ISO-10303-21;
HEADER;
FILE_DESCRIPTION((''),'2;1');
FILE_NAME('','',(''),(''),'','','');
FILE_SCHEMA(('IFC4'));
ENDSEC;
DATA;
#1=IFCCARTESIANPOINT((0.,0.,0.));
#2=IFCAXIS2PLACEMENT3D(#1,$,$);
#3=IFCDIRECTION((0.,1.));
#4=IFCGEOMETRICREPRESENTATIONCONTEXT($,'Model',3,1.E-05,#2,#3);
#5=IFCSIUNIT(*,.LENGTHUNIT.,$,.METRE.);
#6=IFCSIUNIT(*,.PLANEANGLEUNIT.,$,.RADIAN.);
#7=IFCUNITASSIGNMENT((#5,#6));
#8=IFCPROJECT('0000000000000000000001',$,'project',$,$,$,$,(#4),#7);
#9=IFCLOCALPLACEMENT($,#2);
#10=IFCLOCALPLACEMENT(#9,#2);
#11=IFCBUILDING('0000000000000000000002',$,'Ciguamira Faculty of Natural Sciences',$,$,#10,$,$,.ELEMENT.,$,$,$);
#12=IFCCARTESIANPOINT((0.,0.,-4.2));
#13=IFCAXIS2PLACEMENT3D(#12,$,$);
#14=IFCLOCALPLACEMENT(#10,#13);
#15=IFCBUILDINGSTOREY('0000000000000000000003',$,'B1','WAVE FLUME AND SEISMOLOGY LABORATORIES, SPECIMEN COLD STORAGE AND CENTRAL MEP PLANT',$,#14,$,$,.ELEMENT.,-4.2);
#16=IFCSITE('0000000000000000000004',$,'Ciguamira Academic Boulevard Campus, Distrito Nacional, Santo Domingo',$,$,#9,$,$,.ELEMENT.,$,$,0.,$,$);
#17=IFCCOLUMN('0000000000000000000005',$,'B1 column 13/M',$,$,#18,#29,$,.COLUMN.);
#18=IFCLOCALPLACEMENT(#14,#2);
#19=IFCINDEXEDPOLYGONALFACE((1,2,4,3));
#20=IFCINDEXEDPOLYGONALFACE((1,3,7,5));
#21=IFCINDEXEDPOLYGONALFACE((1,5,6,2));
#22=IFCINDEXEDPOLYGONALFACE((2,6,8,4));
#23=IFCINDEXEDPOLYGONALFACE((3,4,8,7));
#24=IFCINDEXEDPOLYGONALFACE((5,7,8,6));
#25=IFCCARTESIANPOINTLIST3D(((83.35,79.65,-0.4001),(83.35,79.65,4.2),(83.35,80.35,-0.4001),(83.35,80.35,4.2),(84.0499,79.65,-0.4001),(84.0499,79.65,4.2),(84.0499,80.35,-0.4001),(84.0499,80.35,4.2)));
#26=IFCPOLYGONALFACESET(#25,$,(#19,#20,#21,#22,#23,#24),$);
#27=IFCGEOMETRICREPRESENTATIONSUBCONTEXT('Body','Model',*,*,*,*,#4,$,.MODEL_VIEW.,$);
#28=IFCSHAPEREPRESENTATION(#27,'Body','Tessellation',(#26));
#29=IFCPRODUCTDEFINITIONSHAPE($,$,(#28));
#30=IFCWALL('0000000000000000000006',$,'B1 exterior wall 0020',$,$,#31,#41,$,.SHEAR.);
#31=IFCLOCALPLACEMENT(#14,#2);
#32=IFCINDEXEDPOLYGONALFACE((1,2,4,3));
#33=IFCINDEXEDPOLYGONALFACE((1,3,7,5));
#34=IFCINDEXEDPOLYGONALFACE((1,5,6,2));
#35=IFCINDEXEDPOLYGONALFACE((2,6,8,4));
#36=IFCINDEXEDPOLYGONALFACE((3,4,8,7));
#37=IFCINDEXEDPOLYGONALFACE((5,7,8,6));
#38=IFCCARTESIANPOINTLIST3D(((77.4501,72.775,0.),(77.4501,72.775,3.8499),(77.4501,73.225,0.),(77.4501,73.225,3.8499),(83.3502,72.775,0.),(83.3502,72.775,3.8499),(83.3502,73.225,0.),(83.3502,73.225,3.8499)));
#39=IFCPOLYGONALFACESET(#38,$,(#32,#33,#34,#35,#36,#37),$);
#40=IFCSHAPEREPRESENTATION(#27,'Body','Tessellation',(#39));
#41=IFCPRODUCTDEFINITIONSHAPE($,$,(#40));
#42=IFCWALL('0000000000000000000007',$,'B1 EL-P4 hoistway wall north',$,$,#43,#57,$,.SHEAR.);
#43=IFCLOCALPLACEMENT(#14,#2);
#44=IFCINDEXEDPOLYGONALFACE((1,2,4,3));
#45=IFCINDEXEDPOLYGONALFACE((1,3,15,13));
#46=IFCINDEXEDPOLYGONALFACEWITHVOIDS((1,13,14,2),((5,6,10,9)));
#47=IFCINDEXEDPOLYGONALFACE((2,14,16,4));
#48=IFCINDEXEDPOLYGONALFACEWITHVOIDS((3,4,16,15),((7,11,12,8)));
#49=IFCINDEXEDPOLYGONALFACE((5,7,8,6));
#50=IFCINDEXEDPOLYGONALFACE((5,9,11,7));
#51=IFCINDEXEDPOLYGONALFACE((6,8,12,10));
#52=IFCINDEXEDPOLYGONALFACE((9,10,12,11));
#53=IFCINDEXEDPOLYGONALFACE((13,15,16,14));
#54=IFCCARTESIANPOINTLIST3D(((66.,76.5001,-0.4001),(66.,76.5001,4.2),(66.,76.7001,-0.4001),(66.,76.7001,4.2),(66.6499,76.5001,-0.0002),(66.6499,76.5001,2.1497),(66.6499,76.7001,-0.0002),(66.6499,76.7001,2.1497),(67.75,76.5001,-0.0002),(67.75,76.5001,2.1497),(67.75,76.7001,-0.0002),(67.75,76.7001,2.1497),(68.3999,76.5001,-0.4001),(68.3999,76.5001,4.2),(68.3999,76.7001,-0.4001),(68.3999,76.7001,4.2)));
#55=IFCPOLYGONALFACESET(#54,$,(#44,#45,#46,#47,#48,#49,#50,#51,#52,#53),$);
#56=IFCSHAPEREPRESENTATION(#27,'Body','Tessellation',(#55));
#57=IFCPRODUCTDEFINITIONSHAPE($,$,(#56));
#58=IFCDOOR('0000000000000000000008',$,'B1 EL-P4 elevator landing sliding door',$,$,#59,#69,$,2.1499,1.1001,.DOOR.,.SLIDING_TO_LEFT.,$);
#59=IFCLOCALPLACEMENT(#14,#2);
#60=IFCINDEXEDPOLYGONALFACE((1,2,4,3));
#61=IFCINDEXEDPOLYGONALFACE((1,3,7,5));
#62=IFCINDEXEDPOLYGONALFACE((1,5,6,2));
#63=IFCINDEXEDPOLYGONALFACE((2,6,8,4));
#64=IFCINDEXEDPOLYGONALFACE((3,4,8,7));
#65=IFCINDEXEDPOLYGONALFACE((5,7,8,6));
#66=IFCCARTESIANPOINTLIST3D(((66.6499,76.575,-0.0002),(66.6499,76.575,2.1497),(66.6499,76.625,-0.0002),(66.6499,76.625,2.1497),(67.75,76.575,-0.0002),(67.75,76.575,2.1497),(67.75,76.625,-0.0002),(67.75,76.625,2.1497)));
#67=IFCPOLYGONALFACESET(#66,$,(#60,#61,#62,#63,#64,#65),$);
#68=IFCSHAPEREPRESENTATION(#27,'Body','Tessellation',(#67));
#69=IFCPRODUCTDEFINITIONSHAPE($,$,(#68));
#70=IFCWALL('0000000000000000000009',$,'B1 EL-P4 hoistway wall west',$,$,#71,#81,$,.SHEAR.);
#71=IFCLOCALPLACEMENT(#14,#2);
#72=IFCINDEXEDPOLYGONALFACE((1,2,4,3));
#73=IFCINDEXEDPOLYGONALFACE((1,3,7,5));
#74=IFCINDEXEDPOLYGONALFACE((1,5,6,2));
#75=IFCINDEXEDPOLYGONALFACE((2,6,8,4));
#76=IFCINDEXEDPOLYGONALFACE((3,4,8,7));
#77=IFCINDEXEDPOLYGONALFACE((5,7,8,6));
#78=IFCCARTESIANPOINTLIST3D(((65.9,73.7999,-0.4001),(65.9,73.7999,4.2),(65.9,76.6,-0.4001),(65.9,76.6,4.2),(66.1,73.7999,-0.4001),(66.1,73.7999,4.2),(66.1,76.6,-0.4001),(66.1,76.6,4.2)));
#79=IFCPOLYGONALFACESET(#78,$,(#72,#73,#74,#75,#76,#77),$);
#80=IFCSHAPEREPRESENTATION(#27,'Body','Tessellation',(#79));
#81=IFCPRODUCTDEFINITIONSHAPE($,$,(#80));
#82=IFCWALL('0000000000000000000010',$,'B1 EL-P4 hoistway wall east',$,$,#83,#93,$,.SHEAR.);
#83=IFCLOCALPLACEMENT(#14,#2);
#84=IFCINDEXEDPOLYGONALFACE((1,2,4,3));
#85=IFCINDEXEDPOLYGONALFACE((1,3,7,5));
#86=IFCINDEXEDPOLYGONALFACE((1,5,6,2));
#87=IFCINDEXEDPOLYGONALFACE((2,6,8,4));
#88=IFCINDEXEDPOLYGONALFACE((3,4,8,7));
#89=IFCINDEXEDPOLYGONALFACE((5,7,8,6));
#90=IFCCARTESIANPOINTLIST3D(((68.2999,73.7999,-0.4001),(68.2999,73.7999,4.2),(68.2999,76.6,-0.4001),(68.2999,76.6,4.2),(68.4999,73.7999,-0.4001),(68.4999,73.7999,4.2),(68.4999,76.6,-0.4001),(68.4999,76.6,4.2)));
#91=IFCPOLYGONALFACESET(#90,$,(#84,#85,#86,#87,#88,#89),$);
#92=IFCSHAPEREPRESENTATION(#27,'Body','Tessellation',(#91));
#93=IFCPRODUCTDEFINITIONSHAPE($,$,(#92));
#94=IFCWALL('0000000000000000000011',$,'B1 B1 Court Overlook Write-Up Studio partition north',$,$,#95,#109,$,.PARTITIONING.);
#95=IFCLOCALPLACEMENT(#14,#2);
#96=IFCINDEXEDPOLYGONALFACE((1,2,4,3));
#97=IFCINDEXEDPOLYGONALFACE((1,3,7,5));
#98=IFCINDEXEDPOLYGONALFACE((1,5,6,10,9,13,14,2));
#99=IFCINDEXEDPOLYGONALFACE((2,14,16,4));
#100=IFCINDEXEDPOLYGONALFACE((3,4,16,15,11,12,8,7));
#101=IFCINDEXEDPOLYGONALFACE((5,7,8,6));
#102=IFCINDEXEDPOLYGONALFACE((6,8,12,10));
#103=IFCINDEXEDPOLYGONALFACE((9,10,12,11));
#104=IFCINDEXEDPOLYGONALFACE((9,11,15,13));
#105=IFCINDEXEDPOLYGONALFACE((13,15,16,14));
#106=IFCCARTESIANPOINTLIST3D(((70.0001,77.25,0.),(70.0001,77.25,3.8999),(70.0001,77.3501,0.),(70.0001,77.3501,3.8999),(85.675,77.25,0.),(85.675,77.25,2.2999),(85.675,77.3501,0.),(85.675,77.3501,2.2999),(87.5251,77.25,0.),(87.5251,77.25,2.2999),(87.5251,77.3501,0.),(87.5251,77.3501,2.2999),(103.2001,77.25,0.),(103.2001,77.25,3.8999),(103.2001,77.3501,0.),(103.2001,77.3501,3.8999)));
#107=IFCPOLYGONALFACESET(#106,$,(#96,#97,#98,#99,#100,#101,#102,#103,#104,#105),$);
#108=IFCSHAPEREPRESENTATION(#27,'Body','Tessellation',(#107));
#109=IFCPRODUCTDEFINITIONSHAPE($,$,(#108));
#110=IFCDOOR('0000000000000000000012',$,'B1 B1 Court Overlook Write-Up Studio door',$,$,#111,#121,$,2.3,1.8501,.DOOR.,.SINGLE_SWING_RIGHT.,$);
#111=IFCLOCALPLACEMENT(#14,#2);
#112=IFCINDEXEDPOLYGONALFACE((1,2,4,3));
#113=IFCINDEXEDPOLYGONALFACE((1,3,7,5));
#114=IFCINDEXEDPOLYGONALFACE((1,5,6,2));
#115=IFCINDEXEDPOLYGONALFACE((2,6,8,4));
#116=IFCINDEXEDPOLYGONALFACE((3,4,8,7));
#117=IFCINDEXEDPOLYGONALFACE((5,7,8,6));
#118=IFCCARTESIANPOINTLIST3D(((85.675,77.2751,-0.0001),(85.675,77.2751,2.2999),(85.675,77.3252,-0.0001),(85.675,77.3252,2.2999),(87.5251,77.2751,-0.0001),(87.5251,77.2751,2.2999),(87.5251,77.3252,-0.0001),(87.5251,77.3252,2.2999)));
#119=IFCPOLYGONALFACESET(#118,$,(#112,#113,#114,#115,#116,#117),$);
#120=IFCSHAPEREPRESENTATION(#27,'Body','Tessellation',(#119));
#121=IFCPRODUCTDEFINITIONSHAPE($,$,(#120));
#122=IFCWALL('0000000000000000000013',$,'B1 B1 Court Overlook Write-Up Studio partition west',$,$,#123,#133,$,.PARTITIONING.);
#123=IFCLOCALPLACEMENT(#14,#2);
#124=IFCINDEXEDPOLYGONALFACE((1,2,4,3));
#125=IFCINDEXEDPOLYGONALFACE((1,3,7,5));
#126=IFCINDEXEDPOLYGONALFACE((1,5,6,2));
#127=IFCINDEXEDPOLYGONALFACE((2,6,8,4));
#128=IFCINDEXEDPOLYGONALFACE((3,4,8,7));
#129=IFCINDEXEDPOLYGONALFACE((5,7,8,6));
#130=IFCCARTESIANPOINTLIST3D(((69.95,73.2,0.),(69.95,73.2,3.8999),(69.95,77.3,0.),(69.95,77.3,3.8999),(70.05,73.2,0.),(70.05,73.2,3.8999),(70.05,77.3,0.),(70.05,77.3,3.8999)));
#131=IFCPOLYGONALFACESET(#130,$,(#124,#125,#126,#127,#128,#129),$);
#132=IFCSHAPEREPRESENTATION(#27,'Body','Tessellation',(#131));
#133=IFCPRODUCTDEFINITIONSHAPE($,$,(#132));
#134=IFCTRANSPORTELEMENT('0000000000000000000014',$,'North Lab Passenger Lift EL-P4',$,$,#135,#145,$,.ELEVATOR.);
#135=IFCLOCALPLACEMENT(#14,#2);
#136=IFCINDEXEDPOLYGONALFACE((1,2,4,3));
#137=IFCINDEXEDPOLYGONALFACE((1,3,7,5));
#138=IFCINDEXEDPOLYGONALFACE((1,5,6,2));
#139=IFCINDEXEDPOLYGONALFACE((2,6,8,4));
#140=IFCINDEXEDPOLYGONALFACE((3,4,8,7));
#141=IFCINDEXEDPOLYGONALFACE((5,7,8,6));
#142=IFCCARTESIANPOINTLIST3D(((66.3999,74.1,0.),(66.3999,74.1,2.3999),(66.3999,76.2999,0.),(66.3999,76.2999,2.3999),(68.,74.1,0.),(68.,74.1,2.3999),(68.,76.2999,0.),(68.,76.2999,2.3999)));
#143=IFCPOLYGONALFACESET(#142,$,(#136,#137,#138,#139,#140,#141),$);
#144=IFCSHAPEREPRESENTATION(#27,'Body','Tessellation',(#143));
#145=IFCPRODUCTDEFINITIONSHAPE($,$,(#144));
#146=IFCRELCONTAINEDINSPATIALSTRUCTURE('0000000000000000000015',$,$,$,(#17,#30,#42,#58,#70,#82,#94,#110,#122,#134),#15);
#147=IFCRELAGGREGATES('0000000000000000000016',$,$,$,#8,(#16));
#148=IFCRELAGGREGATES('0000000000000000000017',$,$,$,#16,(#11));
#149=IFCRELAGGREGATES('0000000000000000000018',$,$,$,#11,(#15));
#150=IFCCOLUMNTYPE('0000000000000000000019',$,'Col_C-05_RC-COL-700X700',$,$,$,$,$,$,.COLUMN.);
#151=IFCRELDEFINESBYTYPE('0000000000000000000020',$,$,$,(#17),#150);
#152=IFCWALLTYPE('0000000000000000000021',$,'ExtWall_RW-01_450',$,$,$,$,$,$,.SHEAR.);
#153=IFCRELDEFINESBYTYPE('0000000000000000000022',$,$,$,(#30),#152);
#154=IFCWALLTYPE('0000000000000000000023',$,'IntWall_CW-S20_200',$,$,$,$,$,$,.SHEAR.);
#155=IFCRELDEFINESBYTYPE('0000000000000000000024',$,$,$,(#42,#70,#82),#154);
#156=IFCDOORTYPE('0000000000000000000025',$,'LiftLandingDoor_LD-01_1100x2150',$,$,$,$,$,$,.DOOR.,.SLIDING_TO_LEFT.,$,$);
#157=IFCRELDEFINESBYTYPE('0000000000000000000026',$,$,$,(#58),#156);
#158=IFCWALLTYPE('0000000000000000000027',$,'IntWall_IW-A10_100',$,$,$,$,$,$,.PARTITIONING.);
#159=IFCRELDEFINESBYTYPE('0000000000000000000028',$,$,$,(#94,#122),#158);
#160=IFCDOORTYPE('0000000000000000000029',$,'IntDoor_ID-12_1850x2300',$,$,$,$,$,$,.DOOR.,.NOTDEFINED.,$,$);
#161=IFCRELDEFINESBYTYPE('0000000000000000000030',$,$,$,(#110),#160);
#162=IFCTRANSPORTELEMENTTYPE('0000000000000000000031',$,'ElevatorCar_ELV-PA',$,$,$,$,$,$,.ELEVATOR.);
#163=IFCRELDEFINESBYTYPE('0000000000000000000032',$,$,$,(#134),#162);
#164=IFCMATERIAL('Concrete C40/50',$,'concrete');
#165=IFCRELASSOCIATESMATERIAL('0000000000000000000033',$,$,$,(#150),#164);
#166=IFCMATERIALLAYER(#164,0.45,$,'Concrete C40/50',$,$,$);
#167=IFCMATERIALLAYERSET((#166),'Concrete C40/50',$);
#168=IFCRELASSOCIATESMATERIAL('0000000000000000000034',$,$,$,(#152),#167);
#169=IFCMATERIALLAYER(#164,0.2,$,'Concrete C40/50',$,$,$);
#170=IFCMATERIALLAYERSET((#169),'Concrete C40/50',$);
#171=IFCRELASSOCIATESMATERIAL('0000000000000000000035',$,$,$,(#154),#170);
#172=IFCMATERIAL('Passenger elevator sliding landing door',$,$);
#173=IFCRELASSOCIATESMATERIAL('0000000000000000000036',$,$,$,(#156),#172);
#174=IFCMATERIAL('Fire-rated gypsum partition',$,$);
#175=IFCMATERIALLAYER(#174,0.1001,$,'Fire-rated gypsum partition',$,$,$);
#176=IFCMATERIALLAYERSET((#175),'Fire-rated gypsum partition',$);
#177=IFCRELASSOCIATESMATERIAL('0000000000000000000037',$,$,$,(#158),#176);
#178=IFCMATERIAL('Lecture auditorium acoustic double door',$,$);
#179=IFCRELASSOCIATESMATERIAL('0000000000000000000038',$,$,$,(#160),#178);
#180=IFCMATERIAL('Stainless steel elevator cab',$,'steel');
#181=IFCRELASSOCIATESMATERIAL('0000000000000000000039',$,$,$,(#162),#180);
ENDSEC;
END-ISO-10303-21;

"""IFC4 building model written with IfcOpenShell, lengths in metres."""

from ifc_helpers import new_model, si_unit, direction, frame, frame_2d, origin, origin_2d, place, context, subcontext, project, spatial, rectangle, extrude, material, layer, layer_set, material_profile, profile_set, type_object, element, fill, save


model = new_model("IFC4")

# Units and contexts
model_context = context("Model", 3, precision=1e-05, world=origin(), true_north=direction((0.0, 1.0)))
body_context = subcontext(model_context, "Body", "Model", "MODEL_VIEW")
ifc_project = project(units=[si_unit("LENGTHUNIT", "METRE"), si_unit("PLANEANGLEUNIT", "RADIAN")], contexts=[model_context])

# Site, building, storey
site_placement = place(None, origin())
site = spatial("IfcSite", under=ifc_project, at=site_placement, Name="Ciguamira Academic Boulevard Campus, Distrito Nacional, Santo Domingo", CompositionType="ELEMENT", RefElevation=0.0)
building_placement = place(site_placement, origin())
building = spatial("IfcBuilding", under=site, at=building_placement, Name="Ciguamira Faculty of Natural Sciences", CompositionType="ELEMENT")
storey_placement = place(building_placement, frame((0.0, 0.0, -4.2)))
storey = spatial("IfcBuildingStorey", under=building, at=storey_placement, Name="B1", Description="WAVE FLUME AND SEISMOLOGY LABORATORIES, SPECIMEN COLD STORAGE AND CENTRAL MEP PLANT", CompositionType="ELEMENT", Elevation=-4.2)

# Column
ifc_material_1 = material(Name="Concrete C40/50", Category="concrete")
ifc_material_profile_1 = material_profile(ifc_material_1, rectangle(XDim=0.7, YDim=0.7, at=origin_2d()), Name="RC-COL-700X700")
ifc_profile_set_1 = profile_set([ifc_material_profile_1], Name="Concrete C40/50")
column_type = type_object("IfcColumnType", Name="Col_C-05_RC-COL-700X700", PredefinedType="COLUMN", material=ifc_profile_set_1)
for number, where, z_axis, x_axis, name in (
    (1, (83.7, 80.0, -0.4001), (0.0, 0.0, 1.0), (1.0, 0.0, 0.0), "B1 column 13/M"),
):
    element("IfcColumn", number, at=place(storey_placement, frame(where, z_axis=z_axis, x_axis=x_axis)), inside=storey, type_object=column_type, Name=name, PredefinedType="COLUMN", context=body_context, shape_type="SweptSolid", body=[
        extrude(rectangle(XDim=0.7, YDim=0.7, at=origin_2d()), origin(), (0.0, 0.0, 1.0), 4.6001),
    ])

# Wall
ifc_layer_1 = layer(ifc_material_1, 0.45, Name="Concrete C40/50")
ifc_layer_set_1 = layer_set([ifc_layer_1], Name="Concrete C40/50")
wall_type_1 = type_object("IfcWallType", Name="ExtWall_RW-01_450", PredefinedType="SHEAR", material=ifc_layer_set_1)
wall_1_placement = place(storey_placement, frame((77.45, 73.0, 0.0), z_axis=(0.0, 0.0, 1.0), x_axis=(1.0, 0.0, 0.0)))
element("IfcWall", 2, at=wall_1_placement, inside=storey, type_object=wall_type_1, Name="B1 exterior wall 0020", PredefinedType="SHEAR", context=body_context, shape_type="SweptSolid", body=[
    extrude(rectangle(XDim=5.9001, YDim=0.45, at=frame_2d((2.9502, 0.0))), origin(), (0.0, 0.0, 1.0), 3.8499),
])

# Wall, opening, door
ifc_layer_2 = layer(ifc_material_1, 0.2, Name="Concrete C40/50")
ifc_layer_set_2 = layer_set([ifc_layer_2], Name="Concrete C40/50")
wall_type_2 = type_object("IfcWallType", Name="IntWall_CW-S20_200", PredefinedType="SHEAR", material=ifc_layer_set_2)
wall_2_placement = place(storey_placement, frame((66.0, 76.6001, -0.4001), z_axis=(0.0, 0.0, 1.0), x_axis=(1.0, 0.0, 0.0)))
wall_2 = element("IfcWall", 3, at=wall_2_placement, inside=storey, type_object=wall_type_2, Name="B1 EL-P4 hoistway wall north", PredefinedType="SHEAR", context=body_context, shape_type="SweptSolid", body=[
    extrude(rectangle(XDim=2.3999, YDim=0.2, at=frame_2d((1.2, 0.0))), origin(), (0.0, 0.0, 1.0), 4.6001),
])
opening_1_placement = place(wall_2_placement, frame((0.6499, 0.0, 0.3999)))
opening_1 = element("IfcOpeningElement", 4, at=opening_1_placement, cuts=wall_2, PredefinedType="OPENING", context=body_context, shape_type="SweptSolid", body=[
    extrude(rectangle(XDim=1.1001, YDim=2.1499, at=frame_2d((0.55, 1.075))), frame((0.0, 0.1099, 0.0), z_axis=(0.0, -1.0, 0.0), x_axis=(1.0, 0.0, 0.0)), (0.0, 0.0, 1.0), 0.22),
])
ifc_material_2 = material(Name="Passenger elevator sliding landing door")
door_type_1 = type_object("IfcDoorType", Name="LiftLandingDoor_LD-01_1100x2150", OperationType="SLIDING_TO_LEFT", PredefinedType="DOOR", material=ifc_material_2)
door_1_placement = place(opening_1_placement, origin())
door_1 = element("IfcDoor", 5, at=door_1_placement, inside=storey, type_object=door_type_1, Name="B1 EL-P4 elevator landing sliding door", OperationType="SLIDING_TO_LEFT", OverallHeight=2.1499, OverallWidth=1.1001, PredefinedType="DOOR", context=body_context, shape_type="SweptSolid", body=[
    extrude(rectangle(XDim=1.1001, YDim=2.1499, at=frame_2d((0.55, 1.075))), frame((0.0, 0.0249, 0.0), z_axis=(0.0, -1.0, 0.0), x_axis=(1.0, 0.0, 0.0)), (0.0, 0.0, 1.0), 0.05),
])
fill(opening_1, door_1)

# Walls
for number, where, z_axis, x_axis, name in (
    (6, (66.0, 73.8, -0.4001), (0.0, 0.0, 1.0), (0.0, 1.0, 0.0), "B1 EL-P4 hoistway wall west"),
    (7, (68.3999, 73.8, -0.4001), (0.0, 0.0, 1.0), (0.0, 1.0, 0.0), "B1 EL-P4 hoistway wall east"),
):
    element("IfcWall", number, at=place(storey_placement, frame(where, z_axis=z_axis, x_axis=x_axis)), inside=storey, type_object=wall_type_2, Name=name, PredefinedType="SHEAR", context=body_context, shape_type="SweptSolid", body=[
        extrude(rectangle(XDim=2.8, YDim=0.2, at=frame_2d((1.3999, 0.0))), origin(), (0.0, 0.0, 1.0), 4.6001),
    ])

# Wall, opening, door
ifc_material_3 = material(Name="Fire-rated gypsum partition")
ifc_layer_3 = layer(ifc_material_3, 0.1001, Name="Fire-rated gypsum partition")
ifc_layer_set_3 = layer_set([ifc_layer_3], Name="Fire-rated gypsum partition")
wall_type_3 = type_object("IfcWallType", Name="IntWall_IW-A10_100", PredefinedType="PARTITIONING", material=ifc_layer_set_3)
wall_3_placement = place(storey_placement, frame((70.0, 77.3, 0.0), z_axis=(0.0, 0.0, 1.0), x_axis=(1.0, 0.0, 0.0)))
wall_3 = element("IfcWall", 8, at=wall_3_placement, inside=storey, type_object=wall_type_3, Name="B1 B1 Court Overlook Write-Up Studio partition north", PredefinedType="PARTITIONING", context=body_context, shape_type="SweptSolid", body=[
    extrude(rectangle(XDim=33.2, YDim=0.1001, at=frame_2d((16.6001, 0.0))), origin(), (0.0, 0.0, 1.0), 3.8999),
])
opening_2_placement = place(wall_3_placement, frame((15.675, 0.0, 0.0)))
opening_2 = element("IfcOpeningElement", 9, at=opening_2_placement, cuts=wall_3, PredefinedType="OPENING", context=body_context, shape_type="SweptSolid", body=[
    extrude(rectangle(XDim=1.8501, YDim=2.3, at=frame_2d((0.925, 1.1499))), frame((0.0, 0.0601, 0.0), z_axis=(0.0, -1.0, 0.0), x_axis=(1.0, 0.0, 0.0)), (0.0, 0.0, 1.0), 0.1201),
])
ifc_material_4 = material(Name="Lecture auditorium acoustic double door")
door_type_2 = type_object("IfcDoorType", Name="IntDoor_ID-12_1850x2300", OperationType="NOTDEFINED", PredefinedType="DOOR", material=ifc_material_4)
door_2_placement = place(opening_2_placement, frame((1.8501, 0.0, 0.0), z_axis=(0.0, 0.0, 1.0), x_axis=(-1.0, 0.0, 0.0)))
door_2 = element("IfcDoor", 10, at=door_2_placement, inside=storey, type_object=door_type_2, Name="B1 B1 Court Overlook Write-Up Studio door", OperationType="SINGLE_SWING_RIGHT", OverallHeight=2.3, OverallWidth=1.8501, PredefinedType="DOOR", context=body_context, shape_type="SweptSolid", body=[
    extrude(rectangle(XDim=1.8501, YDim=2.3, at=frame_2d((0.925, 1.1499))), frame((0.0, 0.0249, 0.0), z_axis=(0.0, -1.0, 0.0), x_axis=(1.0, 0.0, 0.0)), (0.0, 0.0, 1.0), 0.05),
])
fill(opening_2, door_2)

# Wall
wall_4_placement = place(storey_placement, frame((70.0, 73.2, 0.0), z_axis=(0.0, 0.0, 1.0), x_axis=(0.0, 1.0, 0.0)))
element("IfcWall", 11, at=wall_4_placement, inside=storey, type_object=wall_type_3, Name="B1 B1 Court Overlook Write-Up Studio partition west", PredefinedType="PARTITIONING", context=body_context, shape_type="SweptSolid", body=[
    extrude(rectangle(XDim=4.1001, YDim=0.1001, at=frame_2d((2.05, 0.0))), origin(), (0.0, 0.0, 1.0), 3.8999),
])

# Transport element
ifc_material_5 = material(Name="Stainless steel elevator cab", Category="steel")
transport_element_type = type_object("IfcTransportElementType", Name="ElevatorCar_ELV-PA", PredefinedType="ELEVATOR", material=ifc_material_5)
transport_element_placement = place(storey_placement, frame((67.2, 75.2, 0.0), z_axis=(0.0, 0.0, 1.0), x_axis=(1.0, 0.0, 0.0)))
element("IfcTransportElement", 12, at=transport_element_placement, inside=storey, type_object=transport_element_type, Name="North Lab Passenger Lift EL-P4", PredefinedType="ELEVATOR", context=body_context, shape_type="SweptSolid", body=[
    extrude(rectangle(XDim=1.6001, YDim=2.2, at=origin_2d()), origin(), (0.0, 0.0, 1.0), 2.3999),
])

save(model, "model.ifc")
